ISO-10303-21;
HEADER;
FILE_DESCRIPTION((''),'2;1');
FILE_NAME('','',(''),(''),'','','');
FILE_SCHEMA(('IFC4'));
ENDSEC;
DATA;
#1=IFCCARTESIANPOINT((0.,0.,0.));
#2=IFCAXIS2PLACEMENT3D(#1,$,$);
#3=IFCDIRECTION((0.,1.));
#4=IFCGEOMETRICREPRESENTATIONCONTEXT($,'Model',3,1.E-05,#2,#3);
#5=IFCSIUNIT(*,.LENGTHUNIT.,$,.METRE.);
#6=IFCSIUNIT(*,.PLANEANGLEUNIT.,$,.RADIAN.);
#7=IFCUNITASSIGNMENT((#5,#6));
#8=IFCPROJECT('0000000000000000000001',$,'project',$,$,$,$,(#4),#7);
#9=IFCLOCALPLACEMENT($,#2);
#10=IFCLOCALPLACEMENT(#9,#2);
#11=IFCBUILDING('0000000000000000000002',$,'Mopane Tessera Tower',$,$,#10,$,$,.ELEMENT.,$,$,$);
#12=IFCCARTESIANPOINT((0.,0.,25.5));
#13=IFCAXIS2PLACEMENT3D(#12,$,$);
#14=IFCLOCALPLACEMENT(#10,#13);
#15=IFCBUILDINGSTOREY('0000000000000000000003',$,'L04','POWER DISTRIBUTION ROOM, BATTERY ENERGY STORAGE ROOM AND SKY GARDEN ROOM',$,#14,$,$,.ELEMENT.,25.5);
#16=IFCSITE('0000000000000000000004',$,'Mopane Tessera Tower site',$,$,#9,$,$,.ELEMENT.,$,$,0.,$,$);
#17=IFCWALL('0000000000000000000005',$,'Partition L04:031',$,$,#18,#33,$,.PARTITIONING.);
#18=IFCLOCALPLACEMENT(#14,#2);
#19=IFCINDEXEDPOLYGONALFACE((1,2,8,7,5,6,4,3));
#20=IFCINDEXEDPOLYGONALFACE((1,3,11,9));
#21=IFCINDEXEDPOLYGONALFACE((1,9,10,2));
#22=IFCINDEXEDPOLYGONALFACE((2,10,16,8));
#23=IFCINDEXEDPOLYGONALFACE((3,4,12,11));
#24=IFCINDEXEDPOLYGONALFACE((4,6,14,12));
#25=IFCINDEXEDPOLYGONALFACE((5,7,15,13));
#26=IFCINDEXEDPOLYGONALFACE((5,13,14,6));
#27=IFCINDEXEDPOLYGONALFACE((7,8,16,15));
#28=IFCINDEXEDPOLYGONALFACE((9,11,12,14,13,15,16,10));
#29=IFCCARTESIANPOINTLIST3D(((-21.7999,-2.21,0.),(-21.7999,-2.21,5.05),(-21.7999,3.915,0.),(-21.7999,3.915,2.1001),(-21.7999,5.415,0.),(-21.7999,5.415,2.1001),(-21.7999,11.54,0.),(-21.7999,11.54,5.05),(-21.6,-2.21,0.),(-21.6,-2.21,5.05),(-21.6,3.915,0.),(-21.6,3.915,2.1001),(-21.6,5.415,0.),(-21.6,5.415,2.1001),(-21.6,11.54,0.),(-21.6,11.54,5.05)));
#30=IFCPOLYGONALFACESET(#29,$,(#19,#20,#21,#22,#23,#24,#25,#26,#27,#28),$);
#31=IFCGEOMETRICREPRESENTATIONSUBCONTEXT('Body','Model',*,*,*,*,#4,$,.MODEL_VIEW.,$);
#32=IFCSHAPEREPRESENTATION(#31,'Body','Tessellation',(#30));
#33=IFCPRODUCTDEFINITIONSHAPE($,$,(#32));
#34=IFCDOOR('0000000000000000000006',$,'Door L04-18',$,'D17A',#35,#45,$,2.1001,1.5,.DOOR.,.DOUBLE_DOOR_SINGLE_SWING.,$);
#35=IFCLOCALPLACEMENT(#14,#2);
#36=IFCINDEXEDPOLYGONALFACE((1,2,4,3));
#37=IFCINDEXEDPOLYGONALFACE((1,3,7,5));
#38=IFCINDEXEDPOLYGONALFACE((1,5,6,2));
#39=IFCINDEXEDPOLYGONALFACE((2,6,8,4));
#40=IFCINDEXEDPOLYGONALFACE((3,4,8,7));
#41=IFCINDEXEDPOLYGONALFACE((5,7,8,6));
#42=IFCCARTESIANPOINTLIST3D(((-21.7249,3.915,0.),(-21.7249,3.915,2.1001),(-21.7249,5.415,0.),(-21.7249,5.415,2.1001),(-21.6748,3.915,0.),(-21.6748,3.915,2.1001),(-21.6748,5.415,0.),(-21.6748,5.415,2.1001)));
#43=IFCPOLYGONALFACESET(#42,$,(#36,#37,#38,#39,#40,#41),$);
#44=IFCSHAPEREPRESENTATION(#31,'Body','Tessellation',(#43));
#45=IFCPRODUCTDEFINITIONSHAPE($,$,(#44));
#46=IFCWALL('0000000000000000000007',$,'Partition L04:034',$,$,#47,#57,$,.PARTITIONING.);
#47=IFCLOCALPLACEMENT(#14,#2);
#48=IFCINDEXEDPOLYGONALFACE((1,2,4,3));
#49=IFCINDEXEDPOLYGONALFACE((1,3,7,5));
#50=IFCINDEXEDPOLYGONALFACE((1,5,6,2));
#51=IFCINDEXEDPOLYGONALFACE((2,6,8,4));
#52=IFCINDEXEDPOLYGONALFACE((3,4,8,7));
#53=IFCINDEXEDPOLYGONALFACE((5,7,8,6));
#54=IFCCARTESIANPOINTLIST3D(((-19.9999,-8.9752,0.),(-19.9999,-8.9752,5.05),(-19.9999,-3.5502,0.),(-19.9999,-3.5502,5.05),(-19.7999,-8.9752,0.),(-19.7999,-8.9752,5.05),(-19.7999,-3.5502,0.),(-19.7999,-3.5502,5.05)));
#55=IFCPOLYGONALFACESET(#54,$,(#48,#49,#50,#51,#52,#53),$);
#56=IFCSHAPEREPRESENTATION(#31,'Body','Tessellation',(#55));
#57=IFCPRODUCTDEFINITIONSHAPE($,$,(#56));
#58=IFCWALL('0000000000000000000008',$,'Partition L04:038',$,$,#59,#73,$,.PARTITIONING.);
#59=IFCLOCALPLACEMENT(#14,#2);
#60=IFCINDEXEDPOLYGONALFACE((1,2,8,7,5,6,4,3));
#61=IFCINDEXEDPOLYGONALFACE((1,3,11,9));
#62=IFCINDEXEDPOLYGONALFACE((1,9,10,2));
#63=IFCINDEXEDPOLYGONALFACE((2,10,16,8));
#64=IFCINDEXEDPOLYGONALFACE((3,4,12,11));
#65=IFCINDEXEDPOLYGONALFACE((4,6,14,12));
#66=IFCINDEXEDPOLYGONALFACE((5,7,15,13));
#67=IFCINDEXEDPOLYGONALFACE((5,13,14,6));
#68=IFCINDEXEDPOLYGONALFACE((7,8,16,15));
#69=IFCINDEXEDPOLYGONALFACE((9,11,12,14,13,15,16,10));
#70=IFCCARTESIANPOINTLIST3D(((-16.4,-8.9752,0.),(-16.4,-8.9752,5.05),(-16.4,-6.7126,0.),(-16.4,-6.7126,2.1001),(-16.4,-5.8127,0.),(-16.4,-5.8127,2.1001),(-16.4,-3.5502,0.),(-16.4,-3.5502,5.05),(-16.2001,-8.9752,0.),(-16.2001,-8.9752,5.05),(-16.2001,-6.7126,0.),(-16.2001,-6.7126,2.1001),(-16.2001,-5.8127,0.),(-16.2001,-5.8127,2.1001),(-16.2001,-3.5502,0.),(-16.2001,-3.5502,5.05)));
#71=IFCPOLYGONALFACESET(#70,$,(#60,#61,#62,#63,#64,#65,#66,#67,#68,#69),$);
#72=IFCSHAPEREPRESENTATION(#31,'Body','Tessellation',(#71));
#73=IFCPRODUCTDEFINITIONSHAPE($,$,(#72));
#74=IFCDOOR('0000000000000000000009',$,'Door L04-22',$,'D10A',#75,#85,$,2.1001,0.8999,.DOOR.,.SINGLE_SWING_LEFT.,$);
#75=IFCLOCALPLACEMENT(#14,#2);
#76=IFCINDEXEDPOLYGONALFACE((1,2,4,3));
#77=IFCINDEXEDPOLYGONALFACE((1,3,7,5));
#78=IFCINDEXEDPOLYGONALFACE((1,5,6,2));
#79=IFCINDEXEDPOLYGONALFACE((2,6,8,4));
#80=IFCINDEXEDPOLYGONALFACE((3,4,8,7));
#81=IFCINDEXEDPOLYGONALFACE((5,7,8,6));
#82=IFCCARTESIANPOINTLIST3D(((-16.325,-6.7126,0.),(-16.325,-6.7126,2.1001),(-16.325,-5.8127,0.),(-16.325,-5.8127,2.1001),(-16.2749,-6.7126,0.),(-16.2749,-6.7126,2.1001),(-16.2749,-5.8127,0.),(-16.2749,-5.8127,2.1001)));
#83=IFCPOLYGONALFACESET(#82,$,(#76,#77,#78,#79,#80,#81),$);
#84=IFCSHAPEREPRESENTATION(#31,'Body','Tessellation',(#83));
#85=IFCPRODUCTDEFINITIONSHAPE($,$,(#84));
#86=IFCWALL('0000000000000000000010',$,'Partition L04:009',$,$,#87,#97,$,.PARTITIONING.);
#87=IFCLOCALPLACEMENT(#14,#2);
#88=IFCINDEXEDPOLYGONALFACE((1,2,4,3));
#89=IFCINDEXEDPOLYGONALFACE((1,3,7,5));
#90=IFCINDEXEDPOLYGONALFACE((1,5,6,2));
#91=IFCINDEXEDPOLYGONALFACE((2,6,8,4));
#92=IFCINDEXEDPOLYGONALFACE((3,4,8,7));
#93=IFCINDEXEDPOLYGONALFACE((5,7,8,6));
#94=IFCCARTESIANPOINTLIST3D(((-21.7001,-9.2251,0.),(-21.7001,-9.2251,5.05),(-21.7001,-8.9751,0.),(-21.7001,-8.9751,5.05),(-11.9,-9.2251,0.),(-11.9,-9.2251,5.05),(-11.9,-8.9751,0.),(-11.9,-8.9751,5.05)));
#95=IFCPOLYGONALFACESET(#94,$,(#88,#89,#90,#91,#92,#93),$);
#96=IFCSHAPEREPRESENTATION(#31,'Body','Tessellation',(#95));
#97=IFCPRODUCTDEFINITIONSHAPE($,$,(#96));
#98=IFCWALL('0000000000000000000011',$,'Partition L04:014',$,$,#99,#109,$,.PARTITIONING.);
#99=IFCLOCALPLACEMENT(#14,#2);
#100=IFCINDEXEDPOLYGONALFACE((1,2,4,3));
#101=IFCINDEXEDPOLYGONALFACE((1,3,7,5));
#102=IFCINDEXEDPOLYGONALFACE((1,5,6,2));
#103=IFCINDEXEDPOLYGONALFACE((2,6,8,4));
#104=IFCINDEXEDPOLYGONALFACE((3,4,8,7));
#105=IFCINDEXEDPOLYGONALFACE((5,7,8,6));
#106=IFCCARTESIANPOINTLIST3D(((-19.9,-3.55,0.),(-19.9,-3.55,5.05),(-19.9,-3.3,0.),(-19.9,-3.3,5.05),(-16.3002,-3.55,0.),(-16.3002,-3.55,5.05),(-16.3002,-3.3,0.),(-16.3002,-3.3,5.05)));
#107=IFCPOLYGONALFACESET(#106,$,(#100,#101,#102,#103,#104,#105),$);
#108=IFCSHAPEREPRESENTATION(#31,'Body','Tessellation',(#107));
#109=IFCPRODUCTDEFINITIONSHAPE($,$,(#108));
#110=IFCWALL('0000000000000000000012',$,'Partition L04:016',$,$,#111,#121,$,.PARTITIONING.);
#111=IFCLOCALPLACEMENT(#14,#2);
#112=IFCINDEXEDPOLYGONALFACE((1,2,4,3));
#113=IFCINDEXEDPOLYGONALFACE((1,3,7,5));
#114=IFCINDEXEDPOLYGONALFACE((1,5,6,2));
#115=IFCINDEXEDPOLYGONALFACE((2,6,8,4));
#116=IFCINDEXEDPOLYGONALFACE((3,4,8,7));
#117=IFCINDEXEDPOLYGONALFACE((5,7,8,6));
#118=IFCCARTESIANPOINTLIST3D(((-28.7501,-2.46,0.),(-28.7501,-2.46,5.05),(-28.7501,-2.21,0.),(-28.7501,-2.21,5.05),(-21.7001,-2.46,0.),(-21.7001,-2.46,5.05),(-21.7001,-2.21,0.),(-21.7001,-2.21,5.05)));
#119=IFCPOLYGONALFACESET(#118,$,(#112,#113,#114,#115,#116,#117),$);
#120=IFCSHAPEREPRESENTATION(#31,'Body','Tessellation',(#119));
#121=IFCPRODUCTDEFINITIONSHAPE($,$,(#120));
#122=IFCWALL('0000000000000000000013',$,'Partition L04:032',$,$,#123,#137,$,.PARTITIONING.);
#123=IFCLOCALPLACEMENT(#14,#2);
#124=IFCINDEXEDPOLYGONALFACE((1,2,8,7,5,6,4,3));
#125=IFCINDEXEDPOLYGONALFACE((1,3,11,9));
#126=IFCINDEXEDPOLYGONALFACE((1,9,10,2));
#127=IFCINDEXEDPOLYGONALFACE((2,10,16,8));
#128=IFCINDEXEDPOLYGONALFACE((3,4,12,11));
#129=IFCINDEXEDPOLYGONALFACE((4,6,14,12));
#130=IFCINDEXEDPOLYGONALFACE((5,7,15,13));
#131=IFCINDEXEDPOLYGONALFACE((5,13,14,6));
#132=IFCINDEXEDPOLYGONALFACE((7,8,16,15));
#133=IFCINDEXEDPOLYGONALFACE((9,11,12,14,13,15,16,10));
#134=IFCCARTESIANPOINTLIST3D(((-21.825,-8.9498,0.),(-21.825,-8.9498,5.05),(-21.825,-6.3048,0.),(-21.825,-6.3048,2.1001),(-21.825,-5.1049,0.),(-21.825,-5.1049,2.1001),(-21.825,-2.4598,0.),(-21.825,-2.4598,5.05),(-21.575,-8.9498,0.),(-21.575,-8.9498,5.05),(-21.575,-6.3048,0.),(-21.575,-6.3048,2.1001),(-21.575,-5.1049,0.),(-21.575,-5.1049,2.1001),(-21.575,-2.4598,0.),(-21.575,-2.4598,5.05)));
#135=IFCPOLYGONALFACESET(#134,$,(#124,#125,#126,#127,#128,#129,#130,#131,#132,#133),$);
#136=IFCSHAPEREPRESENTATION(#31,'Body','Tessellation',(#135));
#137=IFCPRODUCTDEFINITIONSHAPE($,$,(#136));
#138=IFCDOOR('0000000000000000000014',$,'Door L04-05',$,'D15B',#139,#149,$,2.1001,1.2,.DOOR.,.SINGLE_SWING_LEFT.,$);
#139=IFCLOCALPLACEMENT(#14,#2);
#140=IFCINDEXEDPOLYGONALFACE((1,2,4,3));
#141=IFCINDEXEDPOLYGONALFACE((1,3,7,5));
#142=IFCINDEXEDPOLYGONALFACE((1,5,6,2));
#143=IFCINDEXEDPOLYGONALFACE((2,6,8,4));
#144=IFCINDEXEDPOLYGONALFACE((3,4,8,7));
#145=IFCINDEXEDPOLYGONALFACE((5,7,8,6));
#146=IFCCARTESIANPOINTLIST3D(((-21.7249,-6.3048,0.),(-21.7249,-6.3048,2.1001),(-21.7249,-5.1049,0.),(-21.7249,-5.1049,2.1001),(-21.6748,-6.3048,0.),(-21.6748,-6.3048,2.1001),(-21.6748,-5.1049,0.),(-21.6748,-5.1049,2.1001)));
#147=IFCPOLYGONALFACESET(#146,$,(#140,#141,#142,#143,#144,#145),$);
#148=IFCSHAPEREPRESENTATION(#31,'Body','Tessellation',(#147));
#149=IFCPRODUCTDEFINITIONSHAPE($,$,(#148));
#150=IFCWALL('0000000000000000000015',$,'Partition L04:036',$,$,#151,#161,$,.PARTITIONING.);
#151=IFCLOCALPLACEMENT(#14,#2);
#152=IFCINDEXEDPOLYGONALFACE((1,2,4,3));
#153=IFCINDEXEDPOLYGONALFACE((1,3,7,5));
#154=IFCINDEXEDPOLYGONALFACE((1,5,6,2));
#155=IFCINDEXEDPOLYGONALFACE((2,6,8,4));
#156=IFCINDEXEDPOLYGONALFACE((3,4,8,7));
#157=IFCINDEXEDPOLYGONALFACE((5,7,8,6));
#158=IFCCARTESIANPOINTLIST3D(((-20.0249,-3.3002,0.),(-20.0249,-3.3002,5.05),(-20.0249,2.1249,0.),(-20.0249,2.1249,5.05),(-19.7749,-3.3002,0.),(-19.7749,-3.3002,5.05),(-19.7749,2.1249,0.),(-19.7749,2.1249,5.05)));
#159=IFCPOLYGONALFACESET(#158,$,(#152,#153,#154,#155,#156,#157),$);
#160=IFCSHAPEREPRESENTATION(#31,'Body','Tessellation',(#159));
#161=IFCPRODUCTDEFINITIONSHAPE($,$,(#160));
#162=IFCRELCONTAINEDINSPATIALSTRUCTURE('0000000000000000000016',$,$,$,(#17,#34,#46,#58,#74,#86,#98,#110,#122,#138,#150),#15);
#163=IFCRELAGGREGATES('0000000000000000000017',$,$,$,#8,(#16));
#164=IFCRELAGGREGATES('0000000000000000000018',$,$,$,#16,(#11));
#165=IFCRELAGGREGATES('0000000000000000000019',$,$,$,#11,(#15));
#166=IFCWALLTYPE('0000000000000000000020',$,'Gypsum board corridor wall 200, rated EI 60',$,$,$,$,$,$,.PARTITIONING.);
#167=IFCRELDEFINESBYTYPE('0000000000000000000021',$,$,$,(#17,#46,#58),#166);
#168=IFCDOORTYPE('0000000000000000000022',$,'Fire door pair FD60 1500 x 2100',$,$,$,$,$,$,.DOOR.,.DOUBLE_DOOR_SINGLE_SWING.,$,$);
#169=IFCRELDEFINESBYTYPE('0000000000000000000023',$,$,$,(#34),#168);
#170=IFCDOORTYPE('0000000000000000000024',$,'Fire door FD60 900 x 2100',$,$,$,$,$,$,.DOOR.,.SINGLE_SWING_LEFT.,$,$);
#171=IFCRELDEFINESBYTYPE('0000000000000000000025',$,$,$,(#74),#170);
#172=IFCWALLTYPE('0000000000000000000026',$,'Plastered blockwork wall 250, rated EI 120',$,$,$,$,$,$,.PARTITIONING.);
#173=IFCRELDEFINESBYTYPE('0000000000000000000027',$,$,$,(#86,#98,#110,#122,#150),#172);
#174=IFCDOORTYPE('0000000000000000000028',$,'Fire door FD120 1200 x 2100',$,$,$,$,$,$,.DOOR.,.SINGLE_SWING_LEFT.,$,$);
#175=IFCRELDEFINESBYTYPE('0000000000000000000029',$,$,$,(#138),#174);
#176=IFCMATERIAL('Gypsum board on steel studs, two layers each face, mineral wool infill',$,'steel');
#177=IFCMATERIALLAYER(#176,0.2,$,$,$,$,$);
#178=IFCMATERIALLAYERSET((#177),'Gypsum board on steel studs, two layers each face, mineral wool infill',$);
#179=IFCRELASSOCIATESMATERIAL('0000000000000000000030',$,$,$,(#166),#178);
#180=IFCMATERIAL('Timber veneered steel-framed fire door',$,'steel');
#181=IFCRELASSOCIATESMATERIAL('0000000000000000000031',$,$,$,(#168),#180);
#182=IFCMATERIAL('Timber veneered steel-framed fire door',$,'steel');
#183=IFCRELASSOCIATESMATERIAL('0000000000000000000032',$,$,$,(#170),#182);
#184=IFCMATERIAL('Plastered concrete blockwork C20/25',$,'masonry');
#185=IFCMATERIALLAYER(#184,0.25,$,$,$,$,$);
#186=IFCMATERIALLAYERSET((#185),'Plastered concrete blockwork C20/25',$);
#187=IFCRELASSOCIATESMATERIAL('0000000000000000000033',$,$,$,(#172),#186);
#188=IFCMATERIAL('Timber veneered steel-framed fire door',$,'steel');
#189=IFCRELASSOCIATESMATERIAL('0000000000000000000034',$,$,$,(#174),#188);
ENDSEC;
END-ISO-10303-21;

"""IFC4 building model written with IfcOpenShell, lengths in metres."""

from ifc_helpers import new_model, si_unit, direction, frame, frame_2d, origin, place, context, subcontext, project, spatial, rectangle, extrude, material, layer, layer_set, type_object, element, fill, save


model = new_model("IFC4")

# Units and contexts
model_context = context("Model", 3, precision=1e-05, world=origin(), true_north=direction((0.0, 1.0)))
body_context = subcontext(model_context, "Body", "Model", "MODEL_VIEW")
ifc_project = project(units=[si_unit("LENGTHUNIT", "METRE"), si_unit("PLANEANGLEUNIT", "RADIAN")], contexts=[model_context])

# Site, building, storey
site_placement = place(None, origin())
site = spatial("IfcSite", under=ifc_project, at=site_placement, Name="Mopane Tessera Tower site", CompositionType="ELEMENT", RefElevation=0.0)
building_placement = place(site_placement, origin())
building = spatial("IfcBuilding", under=site, at=building_placement, Name="Mopane Tessera Tower", CompositionType="ELEMENT")
storey_placement = place(building_placement, frame((0.0, 0.0, 25.5)))
storey = spatial("IfcBuildingStorey", under=building, at=storey_placement, Name="L04", Description="POWER DISTRIBUTION ROOM, BATTERY ENERGY STORAGE ROOM AND SKY GARDEN ROOM", CompositionType="ELEMENT", Elevation=25.5)

# Wall, opening, door
ifc_material_1 = material(Name="Gypsum board on steel studs, two layers each face, mineral wool infill", Category="steel")
ifc_layer_1 = layer(ifc_material_1, 0.2)
ifc_layer_set_1 = layer_set([ifc_layer_1], Name="Gypsum board on steel studs, two layers each face, mineral wool infill")
wall_type_1 = type_object("IfcWallType", Name="Gypsum board corridor wall 200, rated EI 60", PredefinedType="PARTITIONING", material=ifc_layer_set_1)
wall_1_placement = place(storey_placement, frame((-21.7, -2.21, 0.0), z_axis=(0.0, 0.0, 1.0), x_axis=(0.0, 1.0, 0.0)))
wall_1 = element("IfcWall", 1, at=wall_1_placement, inside=storey, type_object=wall_type_1, Name="Partition L04:031", PredefinedType="PARTITIONING", context=body_context, shape_type="SweptSolid", body=[
    extrude(rectangle(XDim=13.75, YDim=0.2, at=frame_2d((6.875, 0.0))), origin(), (0.0, 0.0, 1.0), 5.05),
])
opening_1_placement = place(wall_1_placement, frame((6.125, 0.0, 0.0)))
opening_1 = element("IfcOpeningElement", 2, at=opening_1_placement, cuts=wall_1, PredefinedType="OPENING", context=body_context, shape_type="SweptSolid", body=[
    extrude(rectangle(XDim=1.5, YDim=2.1001, at=frame_2d((0.75, 1.05))), frame((0.0, 0.1121, 0.0), z_axis=(0.0, -1.0, 0.0), x_axis=(1.0, 0.0, 0.0)), (0.0, 0.0, 1.0), 0.2239),
])
ifc_material_2 = material(Name="Timber veneered steel-framed fire door", Category="steel")
door_type_1 = type_object("IfcDoorType", Name="Fire door pair FD60 1500 x 2100", OperationType="DOUBLE_DOOR_SINGLE_SWING", PredefinedType="DOOR", material=ifc_material_2)
door_1_placement = place(opening_1_placement, origin())
door_1 = element("IfcDoor", 3, at=door_1_placement, inside=storey, type_object=door_type_1, Name="Door L04-18", ObjectType="D17A", OperationType="DOUBLE_DOOR_SINGLE_SWING", OverallHeight=2.1001, OverallWidth=1.5, PredefinedType="DOOR", context=body_context, shape_type="SweptSolid", body=[
    extrude(rectangle(XDim=1.5, YDim=2.1001, at=frame_2d((0.75, 1.05))), frame((0.0, 0.0249, 0.0), z_axis=(0.0, -1.0, 0.0), x_axis=(1.0, 0.0, 0.0)), (0.0, 0.0, 1.0), 0.05),
])
fill(opening_1, door_1)

# Wall
wall_2_placement = place(storey_placement, frame((-19.8999, -8.9751, 0.0), z_axis=(0.0, 0.0, 1.0), x_axis=(0.0, 1.0, 0.0)))
element("IfcWall", 4, at=wall_2_placement, inside=storey, type_object=wall_type_1, Name="Partition L04:034", PredefinedType="PARTITIONING", context=body_context, shape_type="SweptSolid", body=[
    extrude(rectangle(XDim=5.425, YDim=0.2, at=frame_2d((2.7124, 0.0))), origin(), (0.0, 0.0, 1.0), 5.05),
])

# Wall, opening, door
wall_3_placement = place(storey_placement, frame((-16.3, -8.9751, 0.0), z_axis=(0.0, 0.0, 1.0), x_axis=(0.0, 1.0, 0.0)))
wall_3 = element("IfcWall", 5, at=wall_3_placement, inside=storey, type_object=wall_type_1, Name="Partition L04:038", PredefinedType="PARTITIONING", context=body_context, shape_type="SweptSolid", body=[
    extrude(rectangle(XDim=5.425, YDim=0.2, at=frame_2d((2.7124, 0.0))), origin(), (0.0, 0.0, 1.0), 5.05),
])
opening_2_placement = place(wall_3_placement, frame((2.2625, 0.0, 0.0)))
opening_2 = element("IfcOpeningElement", 6, at=opening_2_placement, cuts=wall_3, PredefinedType="OPENING", context=body_context, shape_type="SweptSolid", body=[
    extrude(rectangle(XDim=0.8999, YDim=2.1001, at=frame_2d((0.45, 1.05))), frame((0.0, 0.1121, 0.0), z_axis=(0.0, -1.0, 0.0), x_axis=(1.0, 0.0, 0.0)), (0.0, 0.0, 1.0), 0.2239),
])
ifc_material_3 = material(Name="Timber veneered steel-framed fire door", Category="steel")
door_type_2 = type_object("IfcDoorType", Name="Fire door FD60 900 x 2100", OperationType="SINGLE_SWING_LEFT", PredefinedType="DOOR", material=ifc_material_3)
door_2_placement = place(opening_2_placement, origin())
door_2 = element("IfcDoor", 7, at=door_2_placement, inside=storey, type_object=door_type_2, Name="Door L04-22", ObjectType="D10A", OperationType="SINGLE_SWING_LEFT", OverallHeight=2.1001, OverallWidth=0.8999, PredefinedType="DOOR", context=body_context, shape_type="SweptSolid", body=[
    extrude(rectangle(XDim=0.8999, YDim=2.1001, at=frame_2d((0.45, 1.05))), frame((0.0, 0.0249, 0.0), z_axis=(0.0, -1.0, 0.0), x_axis=(1.0, 0.0, 0.0)), (0.0, 0.0, 1.0), 0.05),
])
fill(opening_2, door_2)

# Walls
ifc_material_4 = material(Name="Plastered concrete blockwork C20/25", Category="masonry")
ifc_layer_2 = layer(ifc_material_4, 0.25)
ifc_layer_set_2 = layer_set([ifc_layer_2], Name="Plastered concrete blockwork C20/25")
wall_type_2 = type_object("IfcWallType", Name="Plastered blockwork wall 250, rated EI 120", PredefinedType="PARTITIONING", material=ifc_layer_set_2)
wall_4_placement = place(storey_placement, frame((-21.7, -9.1001, 0.0), z_axis=(0.0, 0.0, 1.0), x_axis=(1.0, 0.0, 0.0)))
element("IfcWall", 8, at=wall_4_placement, inside=storey, type_object=wall_type_2, Name="Partition L04:009", PredefinedType="PARTITIONING", context=body_context, shape_type="SweptSolid", body=[
    extrude(rectangle(XDim=9.8, YDim=0.25, at=frame_2d((4.8999, 0.0))), origin(), (0.0, 0.0, 1.0), 5.05),
])
wall_5_placement = place(storey_placement, frame((-19.8999, -3.425, 0.0), z_axis=(0.0, 0.0, 1.0), x_axis=(1.0, 0.0, 0.0)))
element("IfcWall", 9, at=wall_5_placement, inside=storey, type_object=wall_type_2, Name="Partition L04:014", PredefinedType="PARTITIONING", context=body_context, shape_type="SweptSolid", body=[
    extrude(rectangle(XDim=3.5999, YDim=0.25, at=frame_2d((1.7998, 0.0))), origin(), (0.0, 0.0, 1.0), 5.05),
])
wall_6_placement = place(storey_placement, frame((-28.75, -2.335, 0.0), z_axis=(0.0, 0.0, 1.0), x_axis=(1.0, 0.0, 0.0)))
element("IfcWall", 10, at=wall_6_placement, inside=storey, type_object=wall_type_2, Name="Partition L04:016", PredefinedType="PARTITIONING", context=body_context, shape_type="SweptSolid", body=[
    extrude(rectangle(XDim=7.05, YDim=0.25, at=frame_2d((3.5249, 0.0))), origin(), (0.0, 0.0, 1.0), 5.05),
])

# Wall, opening, door
wall_7_placement = place(storey_placement, frame((-21.7, -8.95, 0.0), z_axis=(0.0, 0.0, 1.0), x_axis=(0.0, 1.0, 0.0)))
wall_7 = element("IfcWall", 11, at=wall_7_placement, inside=storey, type_object=wall_type_2, Name="Partition L04:032", PredefinedType="PARTITIONING", context=body_context, shape_type="SweptSolid", body=[
    extrude(rectangle(XDim=6.49, YDim=0.25, at=frame_2d((3.2451, 0.0))), origin(), (0.0, 0.0, 1.0), 5.05),
])
opening_3_placement = place(wall_7_placement, frame((2.645, 0.0, 0.0)))
opening_3 = element("IfcOpeningElement", 12, at=opening_3_placement, cuts=wall_7, PredefinedType="OPENING", context=body_context, shape_type="SweptSolid", body=[
    extrude(rectangle(XDim=1.2, YDim=2.1001, at=frame_2d((0.6001, 1.05))), frame((0.0, 0.137, 0.0), z_axis=(0.0, -1.0, 0.0), x_axis=(1.0, 0.0, 0.0)), (0.0, 0.0, 1.0), 0.2739),
])
ifc_material_5 = material(Name="Timber veneered steel-framed fire door", Category="steel")
door_type_3 = type_object("IfcDoorType", Name="Fire door FD120 1200 x 2100", OperationType="SINGLE_SWING_LEFT", PredefinedType="DOOR", material=ifc_material_5)
door_3_placement = place(opening_3_placement, origin())
door_3 = element("IfcDoor", 13, at=door_3_placement, inside=storey, type_object=door_type_3, Name="Door L04-05", ObjectType="D15B", OperationType="SINGLE_SWING_LEFT", OverallHeight=2.1001, OverallWidth=1.2, PredefinedType="DOOR", context=body_context, shape_type="SweptSolid", body=[
    extrude(rectangle(XDim=1.2, YDim=2.1001, at=frame_2d((0.6001, 1.05))), frame((0.0, 0.0249, 0.0), z_axis=(0.0, -1.0, 0.0), x_axis=(1.0, 0.0, 0.0)), (0.0, 0.0, 1.0), 0.05),
])
fill(opening_3, door_3)

# Wall
wall_8_placement = place(storey_placement, frame((-19.8999, -3.3, 0.0), z_axis=(0.0, 0.0, 1.0), x_axis=(0.0, 1.0, 0.0)))
element("IfcWall", 14, at=wall_8_placement, inside=storey, type_object=wall_type_2, Name="Partition L04:036", PredefinedType="PARTITIONING", context=body_context, shape_type="SweptSolid", body=[
    extrude(rectangle(XDim=5.425, YDim=0.25, at=frame_2d((2.7124, 0.0))), origin(), (0.0, 0.0, 1.0), 5.05),
])

save(model, "model.ifc")
